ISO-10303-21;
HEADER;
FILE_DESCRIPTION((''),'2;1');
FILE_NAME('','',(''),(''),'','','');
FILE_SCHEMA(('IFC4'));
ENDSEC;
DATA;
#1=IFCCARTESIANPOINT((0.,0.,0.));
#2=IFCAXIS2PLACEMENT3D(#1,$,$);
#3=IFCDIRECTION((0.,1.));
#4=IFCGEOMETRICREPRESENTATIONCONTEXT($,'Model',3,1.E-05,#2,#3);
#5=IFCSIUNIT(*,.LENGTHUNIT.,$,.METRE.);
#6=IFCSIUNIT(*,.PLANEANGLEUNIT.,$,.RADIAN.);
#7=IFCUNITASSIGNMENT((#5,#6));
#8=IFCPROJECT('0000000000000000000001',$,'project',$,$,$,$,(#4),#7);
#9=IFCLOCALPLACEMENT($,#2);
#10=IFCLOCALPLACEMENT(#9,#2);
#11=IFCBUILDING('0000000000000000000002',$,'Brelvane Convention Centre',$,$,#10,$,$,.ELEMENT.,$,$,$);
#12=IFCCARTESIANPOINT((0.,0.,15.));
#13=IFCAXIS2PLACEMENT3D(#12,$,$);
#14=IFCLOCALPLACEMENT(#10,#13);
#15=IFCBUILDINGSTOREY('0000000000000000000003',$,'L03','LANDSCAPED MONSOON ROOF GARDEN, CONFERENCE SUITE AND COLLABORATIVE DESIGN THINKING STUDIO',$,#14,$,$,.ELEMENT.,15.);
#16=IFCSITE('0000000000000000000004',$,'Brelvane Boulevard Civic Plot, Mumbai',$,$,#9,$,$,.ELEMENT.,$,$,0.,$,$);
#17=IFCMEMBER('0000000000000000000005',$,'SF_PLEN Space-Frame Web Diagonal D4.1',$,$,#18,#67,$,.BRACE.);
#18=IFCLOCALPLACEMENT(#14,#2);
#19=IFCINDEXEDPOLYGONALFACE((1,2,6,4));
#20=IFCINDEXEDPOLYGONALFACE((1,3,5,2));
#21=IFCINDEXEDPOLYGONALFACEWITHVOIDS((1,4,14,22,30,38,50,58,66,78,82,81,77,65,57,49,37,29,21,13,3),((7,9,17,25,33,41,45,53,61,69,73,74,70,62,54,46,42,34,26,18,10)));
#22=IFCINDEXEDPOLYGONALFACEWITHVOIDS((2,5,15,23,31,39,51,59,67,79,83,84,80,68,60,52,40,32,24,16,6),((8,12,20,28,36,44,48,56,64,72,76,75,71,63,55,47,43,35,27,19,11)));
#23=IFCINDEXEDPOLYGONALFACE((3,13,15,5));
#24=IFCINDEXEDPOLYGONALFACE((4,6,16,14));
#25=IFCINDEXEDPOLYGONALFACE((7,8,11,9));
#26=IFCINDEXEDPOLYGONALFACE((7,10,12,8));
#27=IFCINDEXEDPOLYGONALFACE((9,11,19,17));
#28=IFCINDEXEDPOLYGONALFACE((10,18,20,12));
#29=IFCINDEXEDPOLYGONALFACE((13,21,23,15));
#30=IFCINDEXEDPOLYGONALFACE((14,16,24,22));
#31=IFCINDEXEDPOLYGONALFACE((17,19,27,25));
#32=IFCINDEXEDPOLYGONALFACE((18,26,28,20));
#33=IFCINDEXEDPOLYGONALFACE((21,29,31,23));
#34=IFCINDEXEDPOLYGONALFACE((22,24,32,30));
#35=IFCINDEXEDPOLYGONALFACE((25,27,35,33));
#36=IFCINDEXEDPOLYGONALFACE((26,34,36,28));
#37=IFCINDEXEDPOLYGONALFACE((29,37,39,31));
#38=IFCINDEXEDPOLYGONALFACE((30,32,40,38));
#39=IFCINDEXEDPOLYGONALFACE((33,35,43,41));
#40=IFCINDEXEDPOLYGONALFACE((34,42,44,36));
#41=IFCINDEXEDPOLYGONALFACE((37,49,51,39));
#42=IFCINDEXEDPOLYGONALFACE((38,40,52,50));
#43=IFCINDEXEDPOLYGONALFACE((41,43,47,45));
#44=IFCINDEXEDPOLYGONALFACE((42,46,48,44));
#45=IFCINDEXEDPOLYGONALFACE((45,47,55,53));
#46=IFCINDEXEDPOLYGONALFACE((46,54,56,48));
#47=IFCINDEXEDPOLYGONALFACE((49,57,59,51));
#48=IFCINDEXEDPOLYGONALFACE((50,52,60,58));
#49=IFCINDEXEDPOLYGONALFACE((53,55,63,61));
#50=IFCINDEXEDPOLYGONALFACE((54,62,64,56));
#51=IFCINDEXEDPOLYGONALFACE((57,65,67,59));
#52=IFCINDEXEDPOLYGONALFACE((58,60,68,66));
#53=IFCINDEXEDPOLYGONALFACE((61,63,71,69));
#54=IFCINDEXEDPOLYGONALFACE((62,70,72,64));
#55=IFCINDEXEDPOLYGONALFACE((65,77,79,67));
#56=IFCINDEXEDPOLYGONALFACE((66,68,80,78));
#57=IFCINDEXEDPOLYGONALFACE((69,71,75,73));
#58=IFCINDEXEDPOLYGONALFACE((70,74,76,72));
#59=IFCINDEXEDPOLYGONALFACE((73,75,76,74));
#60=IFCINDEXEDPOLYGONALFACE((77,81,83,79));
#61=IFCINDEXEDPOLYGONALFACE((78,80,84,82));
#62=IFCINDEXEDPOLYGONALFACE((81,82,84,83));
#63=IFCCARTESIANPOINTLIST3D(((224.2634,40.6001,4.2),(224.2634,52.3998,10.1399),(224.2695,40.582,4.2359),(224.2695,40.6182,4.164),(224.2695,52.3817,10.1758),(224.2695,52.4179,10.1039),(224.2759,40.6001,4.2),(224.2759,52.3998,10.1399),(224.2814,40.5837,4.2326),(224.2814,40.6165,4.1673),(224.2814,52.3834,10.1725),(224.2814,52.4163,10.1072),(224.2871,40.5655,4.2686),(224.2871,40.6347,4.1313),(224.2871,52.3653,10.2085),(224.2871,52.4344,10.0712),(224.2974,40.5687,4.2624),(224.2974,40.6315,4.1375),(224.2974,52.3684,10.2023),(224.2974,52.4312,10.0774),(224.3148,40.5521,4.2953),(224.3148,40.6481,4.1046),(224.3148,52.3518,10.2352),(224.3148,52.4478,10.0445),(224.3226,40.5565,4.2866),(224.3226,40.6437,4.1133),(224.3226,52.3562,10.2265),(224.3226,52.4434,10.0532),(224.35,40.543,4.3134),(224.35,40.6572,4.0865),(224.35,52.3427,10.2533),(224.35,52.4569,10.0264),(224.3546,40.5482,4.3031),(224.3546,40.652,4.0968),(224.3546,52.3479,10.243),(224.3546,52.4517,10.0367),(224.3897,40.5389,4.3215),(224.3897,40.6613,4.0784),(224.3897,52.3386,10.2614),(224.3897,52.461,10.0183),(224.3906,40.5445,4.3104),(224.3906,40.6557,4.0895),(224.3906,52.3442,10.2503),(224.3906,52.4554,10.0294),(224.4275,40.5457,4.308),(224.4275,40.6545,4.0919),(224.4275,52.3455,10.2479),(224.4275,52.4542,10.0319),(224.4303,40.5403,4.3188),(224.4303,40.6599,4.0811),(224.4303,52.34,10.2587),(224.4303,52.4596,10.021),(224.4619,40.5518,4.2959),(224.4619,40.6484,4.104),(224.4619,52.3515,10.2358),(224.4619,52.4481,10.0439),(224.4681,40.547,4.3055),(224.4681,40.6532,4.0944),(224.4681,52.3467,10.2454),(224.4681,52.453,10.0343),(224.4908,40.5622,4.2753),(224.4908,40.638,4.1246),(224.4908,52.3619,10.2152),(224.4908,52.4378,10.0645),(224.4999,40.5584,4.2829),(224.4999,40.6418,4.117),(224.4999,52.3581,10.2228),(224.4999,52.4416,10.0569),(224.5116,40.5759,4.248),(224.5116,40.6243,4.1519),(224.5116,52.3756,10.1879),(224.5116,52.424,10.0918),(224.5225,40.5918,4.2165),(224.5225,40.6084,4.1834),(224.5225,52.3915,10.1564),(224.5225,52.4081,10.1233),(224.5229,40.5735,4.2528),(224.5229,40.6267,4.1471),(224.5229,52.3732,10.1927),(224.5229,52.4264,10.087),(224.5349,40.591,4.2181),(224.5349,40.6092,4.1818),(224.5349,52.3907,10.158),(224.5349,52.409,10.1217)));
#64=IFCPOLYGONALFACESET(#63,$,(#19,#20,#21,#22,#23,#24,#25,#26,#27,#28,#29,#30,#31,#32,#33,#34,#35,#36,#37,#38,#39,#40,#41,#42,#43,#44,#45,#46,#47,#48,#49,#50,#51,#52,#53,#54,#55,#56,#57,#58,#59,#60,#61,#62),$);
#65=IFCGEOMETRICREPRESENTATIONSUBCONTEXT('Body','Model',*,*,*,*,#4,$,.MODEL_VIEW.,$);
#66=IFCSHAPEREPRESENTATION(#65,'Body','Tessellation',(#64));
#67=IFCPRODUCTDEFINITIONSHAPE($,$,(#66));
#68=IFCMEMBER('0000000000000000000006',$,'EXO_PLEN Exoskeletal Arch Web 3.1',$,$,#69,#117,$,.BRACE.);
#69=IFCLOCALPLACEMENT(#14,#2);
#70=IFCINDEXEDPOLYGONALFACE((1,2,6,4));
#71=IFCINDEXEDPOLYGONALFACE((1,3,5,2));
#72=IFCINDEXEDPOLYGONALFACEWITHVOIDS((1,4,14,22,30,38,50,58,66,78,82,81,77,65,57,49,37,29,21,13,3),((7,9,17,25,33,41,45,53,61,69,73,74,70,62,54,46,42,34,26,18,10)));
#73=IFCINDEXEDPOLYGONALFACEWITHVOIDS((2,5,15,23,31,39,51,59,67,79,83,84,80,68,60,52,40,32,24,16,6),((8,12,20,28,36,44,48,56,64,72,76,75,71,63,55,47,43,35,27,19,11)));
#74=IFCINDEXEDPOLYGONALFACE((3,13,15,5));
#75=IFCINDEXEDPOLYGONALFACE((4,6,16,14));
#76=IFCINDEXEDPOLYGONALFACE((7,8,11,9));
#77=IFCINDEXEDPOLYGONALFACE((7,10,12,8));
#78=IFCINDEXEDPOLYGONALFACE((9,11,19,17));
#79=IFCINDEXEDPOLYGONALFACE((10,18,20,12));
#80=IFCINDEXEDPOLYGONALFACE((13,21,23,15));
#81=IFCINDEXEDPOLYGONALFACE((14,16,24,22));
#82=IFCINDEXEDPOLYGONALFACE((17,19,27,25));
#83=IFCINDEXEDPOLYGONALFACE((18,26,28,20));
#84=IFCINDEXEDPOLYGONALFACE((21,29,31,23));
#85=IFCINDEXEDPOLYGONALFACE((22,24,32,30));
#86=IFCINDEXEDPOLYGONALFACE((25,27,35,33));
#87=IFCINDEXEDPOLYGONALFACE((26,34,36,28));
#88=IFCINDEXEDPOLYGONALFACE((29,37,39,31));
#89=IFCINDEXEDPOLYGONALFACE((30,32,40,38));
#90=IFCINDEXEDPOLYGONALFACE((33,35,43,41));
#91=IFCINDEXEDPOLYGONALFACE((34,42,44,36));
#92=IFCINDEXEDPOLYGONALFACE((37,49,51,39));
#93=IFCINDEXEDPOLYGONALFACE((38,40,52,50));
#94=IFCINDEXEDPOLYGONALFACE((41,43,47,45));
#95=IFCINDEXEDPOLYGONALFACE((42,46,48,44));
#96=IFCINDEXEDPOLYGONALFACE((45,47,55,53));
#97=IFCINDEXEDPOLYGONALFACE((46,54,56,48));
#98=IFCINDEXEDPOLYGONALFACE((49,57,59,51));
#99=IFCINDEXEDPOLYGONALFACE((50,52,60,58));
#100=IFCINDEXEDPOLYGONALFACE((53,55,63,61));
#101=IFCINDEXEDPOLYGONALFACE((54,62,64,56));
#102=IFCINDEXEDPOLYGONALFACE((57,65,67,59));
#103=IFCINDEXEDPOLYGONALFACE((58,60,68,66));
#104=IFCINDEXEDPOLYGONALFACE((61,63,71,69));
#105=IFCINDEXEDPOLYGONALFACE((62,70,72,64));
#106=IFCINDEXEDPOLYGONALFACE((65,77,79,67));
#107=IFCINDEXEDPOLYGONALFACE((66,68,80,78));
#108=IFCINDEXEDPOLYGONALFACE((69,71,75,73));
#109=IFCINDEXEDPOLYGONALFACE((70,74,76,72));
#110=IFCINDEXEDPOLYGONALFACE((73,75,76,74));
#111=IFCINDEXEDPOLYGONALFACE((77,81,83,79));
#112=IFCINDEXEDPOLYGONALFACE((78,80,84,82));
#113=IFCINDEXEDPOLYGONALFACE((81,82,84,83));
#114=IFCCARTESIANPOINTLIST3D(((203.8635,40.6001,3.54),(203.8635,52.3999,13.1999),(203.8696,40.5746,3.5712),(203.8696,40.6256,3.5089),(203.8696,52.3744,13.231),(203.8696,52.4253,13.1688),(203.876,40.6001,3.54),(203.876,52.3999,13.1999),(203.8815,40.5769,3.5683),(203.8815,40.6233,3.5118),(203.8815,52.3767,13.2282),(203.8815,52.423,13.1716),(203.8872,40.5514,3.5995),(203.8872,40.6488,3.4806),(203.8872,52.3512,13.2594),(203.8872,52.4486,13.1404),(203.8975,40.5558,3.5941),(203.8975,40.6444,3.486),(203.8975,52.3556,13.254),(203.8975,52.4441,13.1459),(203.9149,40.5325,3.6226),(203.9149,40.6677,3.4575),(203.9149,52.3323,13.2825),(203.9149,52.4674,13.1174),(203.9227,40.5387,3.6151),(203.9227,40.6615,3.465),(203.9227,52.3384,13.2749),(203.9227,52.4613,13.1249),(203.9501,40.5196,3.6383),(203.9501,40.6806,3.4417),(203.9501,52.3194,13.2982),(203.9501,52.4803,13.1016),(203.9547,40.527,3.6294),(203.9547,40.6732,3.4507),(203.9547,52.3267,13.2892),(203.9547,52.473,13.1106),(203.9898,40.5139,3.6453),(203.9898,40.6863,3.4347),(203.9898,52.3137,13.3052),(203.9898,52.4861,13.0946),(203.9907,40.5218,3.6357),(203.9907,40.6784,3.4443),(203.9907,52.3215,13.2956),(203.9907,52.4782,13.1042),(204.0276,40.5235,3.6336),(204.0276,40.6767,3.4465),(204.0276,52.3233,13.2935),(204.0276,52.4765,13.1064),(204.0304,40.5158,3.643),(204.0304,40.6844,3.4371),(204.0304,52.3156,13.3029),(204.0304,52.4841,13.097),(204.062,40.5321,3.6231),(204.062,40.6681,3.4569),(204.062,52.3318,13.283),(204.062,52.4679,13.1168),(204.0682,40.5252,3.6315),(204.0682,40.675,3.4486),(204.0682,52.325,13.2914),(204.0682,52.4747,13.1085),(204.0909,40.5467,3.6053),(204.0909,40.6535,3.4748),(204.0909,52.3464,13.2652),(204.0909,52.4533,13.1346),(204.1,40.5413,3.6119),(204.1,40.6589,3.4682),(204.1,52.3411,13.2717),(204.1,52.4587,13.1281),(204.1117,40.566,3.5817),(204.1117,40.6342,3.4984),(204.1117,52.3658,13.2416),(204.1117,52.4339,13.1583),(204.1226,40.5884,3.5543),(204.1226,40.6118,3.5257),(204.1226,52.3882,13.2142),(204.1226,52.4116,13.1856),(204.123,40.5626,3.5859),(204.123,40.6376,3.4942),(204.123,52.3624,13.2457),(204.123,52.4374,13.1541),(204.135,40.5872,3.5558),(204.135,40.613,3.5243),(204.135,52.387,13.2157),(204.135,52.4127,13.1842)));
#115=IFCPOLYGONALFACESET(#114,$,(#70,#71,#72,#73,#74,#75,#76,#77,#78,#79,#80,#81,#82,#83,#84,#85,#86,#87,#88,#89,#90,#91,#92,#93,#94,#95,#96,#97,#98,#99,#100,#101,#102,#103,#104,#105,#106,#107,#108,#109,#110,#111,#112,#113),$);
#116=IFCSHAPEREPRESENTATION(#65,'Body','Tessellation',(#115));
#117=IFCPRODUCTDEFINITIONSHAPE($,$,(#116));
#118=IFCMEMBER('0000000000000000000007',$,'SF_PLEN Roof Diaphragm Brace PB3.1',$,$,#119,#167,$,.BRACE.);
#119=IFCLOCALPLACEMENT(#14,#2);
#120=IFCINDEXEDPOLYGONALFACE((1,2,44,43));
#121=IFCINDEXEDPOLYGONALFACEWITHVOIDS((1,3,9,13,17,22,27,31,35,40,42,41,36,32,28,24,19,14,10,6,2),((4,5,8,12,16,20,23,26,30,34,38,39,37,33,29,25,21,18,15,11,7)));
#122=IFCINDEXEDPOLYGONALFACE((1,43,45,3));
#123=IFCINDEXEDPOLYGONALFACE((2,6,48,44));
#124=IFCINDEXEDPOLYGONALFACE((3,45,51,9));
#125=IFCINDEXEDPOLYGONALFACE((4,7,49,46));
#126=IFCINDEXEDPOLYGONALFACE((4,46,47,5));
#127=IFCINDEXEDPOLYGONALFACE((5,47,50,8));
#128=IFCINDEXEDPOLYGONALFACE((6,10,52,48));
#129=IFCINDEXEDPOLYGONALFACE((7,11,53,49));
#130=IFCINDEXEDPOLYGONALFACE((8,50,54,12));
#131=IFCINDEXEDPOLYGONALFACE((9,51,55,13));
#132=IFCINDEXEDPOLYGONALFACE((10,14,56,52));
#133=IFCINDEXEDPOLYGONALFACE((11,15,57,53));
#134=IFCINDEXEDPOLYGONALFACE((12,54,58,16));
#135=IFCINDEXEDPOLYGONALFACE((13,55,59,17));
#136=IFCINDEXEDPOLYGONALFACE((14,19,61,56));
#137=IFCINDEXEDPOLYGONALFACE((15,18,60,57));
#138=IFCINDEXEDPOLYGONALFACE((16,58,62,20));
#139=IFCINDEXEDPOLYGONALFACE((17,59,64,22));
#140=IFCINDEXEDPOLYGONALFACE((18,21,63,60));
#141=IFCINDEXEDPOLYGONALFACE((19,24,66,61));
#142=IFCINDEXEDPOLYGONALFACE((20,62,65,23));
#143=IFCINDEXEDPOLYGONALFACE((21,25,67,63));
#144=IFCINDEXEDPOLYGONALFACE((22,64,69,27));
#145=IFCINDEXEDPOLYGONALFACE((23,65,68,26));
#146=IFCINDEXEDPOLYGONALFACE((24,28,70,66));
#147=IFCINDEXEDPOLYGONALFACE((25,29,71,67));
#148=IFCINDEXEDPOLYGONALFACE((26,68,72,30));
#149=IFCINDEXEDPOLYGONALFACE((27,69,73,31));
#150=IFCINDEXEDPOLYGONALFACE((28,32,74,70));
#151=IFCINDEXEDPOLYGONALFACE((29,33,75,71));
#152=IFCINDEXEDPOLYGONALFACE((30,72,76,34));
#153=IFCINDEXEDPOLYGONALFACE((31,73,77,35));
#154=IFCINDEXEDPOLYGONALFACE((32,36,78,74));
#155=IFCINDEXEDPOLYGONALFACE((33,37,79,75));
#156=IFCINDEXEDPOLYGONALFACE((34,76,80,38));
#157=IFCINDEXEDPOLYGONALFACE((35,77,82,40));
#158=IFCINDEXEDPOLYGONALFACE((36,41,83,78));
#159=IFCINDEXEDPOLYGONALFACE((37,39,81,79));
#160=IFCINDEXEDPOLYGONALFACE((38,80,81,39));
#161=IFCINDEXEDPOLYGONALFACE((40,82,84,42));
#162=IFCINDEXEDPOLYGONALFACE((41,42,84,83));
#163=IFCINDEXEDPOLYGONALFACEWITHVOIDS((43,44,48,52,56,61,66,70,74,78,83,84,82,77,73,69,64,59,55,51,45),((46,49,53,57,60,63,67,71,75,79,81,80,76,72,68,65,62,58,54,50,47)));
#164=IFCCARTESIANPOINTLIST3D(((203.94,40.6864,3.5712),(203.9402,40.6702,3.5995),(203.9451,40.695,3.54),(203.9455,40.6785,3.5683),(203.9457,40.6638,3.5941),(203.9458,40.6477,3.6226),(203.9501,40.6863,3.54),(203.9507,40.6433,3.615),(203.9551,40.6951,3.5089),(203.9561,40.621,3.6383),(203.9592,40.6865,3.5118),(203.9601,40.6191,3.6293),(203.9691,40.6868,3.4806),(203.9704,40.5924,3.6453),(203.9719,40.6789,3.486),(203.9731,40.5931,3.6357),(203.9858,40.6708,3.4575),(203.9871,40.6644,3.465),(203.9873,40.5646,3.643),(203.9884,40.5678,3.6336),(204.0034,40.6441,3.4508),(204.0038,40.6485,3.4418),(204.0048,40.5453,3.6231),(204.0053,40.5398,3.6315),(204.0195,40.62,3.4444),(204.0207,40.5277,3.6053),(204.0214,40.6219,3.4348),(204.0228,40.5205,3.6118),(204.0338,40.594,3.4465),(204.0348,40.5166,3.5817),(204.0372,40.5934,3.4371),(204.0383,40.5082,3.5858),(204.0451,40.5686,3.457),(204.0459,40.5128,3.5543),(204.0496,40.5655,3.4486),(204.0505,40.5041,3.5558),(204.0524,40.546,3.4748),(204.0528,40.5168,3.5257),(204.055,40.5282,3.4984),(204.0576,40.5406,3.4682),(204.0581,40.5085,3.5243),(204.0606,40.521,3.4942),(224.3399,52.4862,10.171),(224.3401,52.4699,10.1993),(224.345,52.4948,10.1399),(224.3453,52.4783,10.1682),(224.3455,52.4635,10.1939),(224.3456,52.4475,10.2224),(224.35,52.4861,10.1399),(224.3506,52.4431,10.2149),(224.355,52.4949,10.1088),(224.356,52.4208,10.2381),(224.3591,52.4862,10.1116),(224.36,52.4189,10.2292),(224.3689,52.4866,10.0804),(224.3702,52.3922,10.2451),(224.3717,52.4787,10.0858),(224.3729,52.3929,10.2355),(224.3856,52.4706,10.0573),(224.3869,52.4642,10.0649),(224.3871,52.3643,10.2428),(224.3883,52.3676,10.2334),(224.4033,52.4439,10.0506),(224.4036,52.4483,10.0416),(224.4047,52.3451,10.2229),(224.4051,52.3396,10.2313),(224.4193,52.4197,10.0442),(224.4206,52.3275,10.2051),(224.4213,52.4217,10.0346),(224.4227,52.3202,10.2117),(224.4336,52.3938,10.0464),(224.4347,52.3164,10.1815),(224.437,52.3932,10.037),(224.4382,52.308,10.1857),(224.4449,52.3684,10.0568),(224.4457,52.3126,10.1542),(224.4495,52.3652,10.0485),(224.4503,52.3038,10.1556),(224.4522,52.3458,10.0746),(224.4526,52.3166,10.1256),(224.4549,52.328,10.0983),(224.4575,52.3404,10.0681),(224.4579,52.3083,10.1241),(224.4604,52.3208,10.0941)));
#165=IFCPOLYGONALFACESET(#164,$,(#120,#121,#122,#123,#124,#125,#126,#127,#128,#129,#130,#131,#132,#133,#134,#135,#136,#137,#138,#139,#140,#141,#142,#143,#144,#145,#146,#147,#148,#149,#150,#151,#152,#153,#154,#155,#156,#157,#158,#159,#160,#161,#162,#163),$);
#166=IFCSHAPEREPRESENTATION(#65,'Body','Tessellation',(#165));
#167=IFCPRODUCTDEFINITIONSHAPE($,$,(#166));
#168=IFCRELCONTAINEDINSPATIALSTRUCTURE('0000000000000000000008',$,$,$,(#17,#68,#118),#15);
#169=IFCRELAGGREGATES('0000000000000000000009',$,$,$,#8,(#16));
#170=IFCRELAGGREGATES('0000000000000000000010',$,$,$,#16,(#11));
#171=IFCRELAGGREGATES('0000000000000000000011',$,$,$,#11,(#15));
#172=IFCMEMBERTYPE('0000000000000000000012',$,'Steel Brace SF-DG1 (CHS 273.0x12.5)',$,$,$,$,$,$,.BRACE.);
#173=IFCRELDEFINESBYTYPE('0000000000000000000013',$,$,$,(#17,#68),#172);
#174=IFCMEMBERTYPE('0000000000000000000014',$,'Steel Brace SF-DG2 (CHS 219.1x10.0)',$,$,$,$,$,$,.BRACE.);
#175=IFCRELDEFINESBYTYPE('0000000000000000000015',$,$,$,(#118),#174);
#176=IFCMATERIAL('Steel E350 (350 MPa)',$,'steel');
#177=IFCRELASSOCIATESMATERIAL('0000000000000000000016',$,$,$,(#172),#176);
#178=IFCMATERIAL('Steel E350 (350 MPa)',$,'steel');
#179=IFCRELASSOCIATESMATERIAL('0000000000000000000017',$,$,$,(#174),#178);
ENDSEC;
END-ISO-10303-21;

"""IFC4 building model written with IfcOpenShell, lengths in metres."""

from ifc_helpers import new_model, si_unit, direction, frame, origin, origin_2d, place, context, subcontext, project, spatial, hollow_circle, extrude, material, material_profile, profile_set, type_object, element, save


model = new_model("IFC4")

# Units and contexts
model_context = context("Model", 3, precision=1e-05, world=origin(), true_north=direction((0.0, 1.0)))
body_context = subcontext(model_context, "Body", "Model", "MODEL_VIEW")
ifc_project = project(units=[si_unit("LENGTHUNIT", "METRE"), si_unit("PLANEANGLEUNIT", "RADIAN")], contexts=[model_context])

# Site, building, storey
site_placement = place(None, origin())
site = spatial("IfcSite", under=ifc_project, at=site_placement, Name="Brelvane Boulevard Civic Plot, Mumbai", CompositionType="ELEMENT", RefElevation=0.0)
building_placement = place(site_placement, origin())
building = spatial("IfcBuilding", under=site, at=building_placement, Name="Brelvane Convention Centre", CompositionType="ELEMENT")
storey_placement = place(building_placement, frame((0.0, 0.0, 15.0)))
storey = spatial("IfcBuildingStorey", under=building, at=storey_placement, Name="L03", Description="LANDSCAPED MONSOON ROOF GARDEN, CONFERENCE SUITE AND COLLABORATIVE DESIGN THINKING STUDIO", CompositionType="ELEMENT", Elevation=15.0)

# Members
ifc_material_1 = material(Name="Steel E350 (350 MPa)", Category="steel")
ifc_material_profile_1 = material_profile(ifc_material_1, hollow_circle(Radius=0.1365, WallThickness=0.0125, at=origin_2d()), Name="CHS 273.0x12.5")
ifc_profile_set_1 = profile_set([ifc_material_profile_1], Name="Steel E350 (350 MPa)")
member_type_1 = type_object("IfcMemberType", Name="Steel Brace SF-DG1 (CHS 273.0x12.5)", PredefinedType="BRACE", material=ifc_profile_set_1)
member_1_placement = place(storey_placement, frame((224.3999, 40.6001, 4.2), z_axis=(0.0, 0.893212, 0.449637), x_axis=(-1.0, 0.0, 0.0)))
element("IfcMember", 1, at=member_1_placement, inside=storey, type_object=member_type_1, Name="SF_PLEN Space-Frame Web Diagonal D4.1", PredefinedType="BRACE", context=body_context, shape_type="SweptSolid", body=[
    extrude(hollow_circle(Radius=0.1365, WallThickness=0.0125, at=origin_2d()), origin(), (0.0, 0.0, 1.0), 13.2104),
])
member_2_placement = place(storey_placement, frame((204.0, 40.6001, 3.54), z_axis=(0.0, 0.77378, 0.633455), x_axis=(-1.0, 0.0, 0.0)))
element("IfcMember", 2, at=member_2_placement, inside=storey, type_object=member_type_1, Name="EXO_PLEN Exoskeletal Arch Web 3.1", PredefinedType="BRACE", context=body_context, shape_type="SweptSolid", body=[
    extrude(hollow_circle(Radius=0.1365, WallThickness=0.0125, at=origin_2d()), origin(), (0.0, 0.0, 1.0), 15.2495),
])
ifc_material_2 = material(Name="Steel E350 (350 MPa)", Category="steel")
ifc_material_profile_2 = material_profile(ifc_material_2, hollow_circle(Radius=0.1096, WallThickness=0.01, at=origin_2d()), Name="CHS 219.1x10.0")
ifc_profile_set_2 = profile_set([ifc_material_profile_2], Name="Steel E350 (350 MPa)")
member_type_2 = type_object("IfcMemberType", Name="Steel Brace SF-DG2 (CHS 219.1x10.0)", PredefinedType="BRACE", material=ifc_profile_set_2)
member_3_placement = place(storey_placement, frame((204.0, 40.6001, 3.54), z_axis=(0.833553, 0.482147, 0.269674), x_axis=(-0.500697, 0.865622, 0.0)))
element("IfcMember", 3, at=member_3_placement, inside=storey, type_object=member_type_2, Name="SF_PLEN Roof Diaphragm Brace PB3.1", PredefinedType="BRACE", context=body_context, shape_type="SweptSolid", body=[
    extrude(hollow_circle(Radius=0.1096, WallThickness=0.01, at=origin_2d()), origin(), (0.0, 0.0, 1.0), 24.4734),
])

save(model, "model.ifc")
